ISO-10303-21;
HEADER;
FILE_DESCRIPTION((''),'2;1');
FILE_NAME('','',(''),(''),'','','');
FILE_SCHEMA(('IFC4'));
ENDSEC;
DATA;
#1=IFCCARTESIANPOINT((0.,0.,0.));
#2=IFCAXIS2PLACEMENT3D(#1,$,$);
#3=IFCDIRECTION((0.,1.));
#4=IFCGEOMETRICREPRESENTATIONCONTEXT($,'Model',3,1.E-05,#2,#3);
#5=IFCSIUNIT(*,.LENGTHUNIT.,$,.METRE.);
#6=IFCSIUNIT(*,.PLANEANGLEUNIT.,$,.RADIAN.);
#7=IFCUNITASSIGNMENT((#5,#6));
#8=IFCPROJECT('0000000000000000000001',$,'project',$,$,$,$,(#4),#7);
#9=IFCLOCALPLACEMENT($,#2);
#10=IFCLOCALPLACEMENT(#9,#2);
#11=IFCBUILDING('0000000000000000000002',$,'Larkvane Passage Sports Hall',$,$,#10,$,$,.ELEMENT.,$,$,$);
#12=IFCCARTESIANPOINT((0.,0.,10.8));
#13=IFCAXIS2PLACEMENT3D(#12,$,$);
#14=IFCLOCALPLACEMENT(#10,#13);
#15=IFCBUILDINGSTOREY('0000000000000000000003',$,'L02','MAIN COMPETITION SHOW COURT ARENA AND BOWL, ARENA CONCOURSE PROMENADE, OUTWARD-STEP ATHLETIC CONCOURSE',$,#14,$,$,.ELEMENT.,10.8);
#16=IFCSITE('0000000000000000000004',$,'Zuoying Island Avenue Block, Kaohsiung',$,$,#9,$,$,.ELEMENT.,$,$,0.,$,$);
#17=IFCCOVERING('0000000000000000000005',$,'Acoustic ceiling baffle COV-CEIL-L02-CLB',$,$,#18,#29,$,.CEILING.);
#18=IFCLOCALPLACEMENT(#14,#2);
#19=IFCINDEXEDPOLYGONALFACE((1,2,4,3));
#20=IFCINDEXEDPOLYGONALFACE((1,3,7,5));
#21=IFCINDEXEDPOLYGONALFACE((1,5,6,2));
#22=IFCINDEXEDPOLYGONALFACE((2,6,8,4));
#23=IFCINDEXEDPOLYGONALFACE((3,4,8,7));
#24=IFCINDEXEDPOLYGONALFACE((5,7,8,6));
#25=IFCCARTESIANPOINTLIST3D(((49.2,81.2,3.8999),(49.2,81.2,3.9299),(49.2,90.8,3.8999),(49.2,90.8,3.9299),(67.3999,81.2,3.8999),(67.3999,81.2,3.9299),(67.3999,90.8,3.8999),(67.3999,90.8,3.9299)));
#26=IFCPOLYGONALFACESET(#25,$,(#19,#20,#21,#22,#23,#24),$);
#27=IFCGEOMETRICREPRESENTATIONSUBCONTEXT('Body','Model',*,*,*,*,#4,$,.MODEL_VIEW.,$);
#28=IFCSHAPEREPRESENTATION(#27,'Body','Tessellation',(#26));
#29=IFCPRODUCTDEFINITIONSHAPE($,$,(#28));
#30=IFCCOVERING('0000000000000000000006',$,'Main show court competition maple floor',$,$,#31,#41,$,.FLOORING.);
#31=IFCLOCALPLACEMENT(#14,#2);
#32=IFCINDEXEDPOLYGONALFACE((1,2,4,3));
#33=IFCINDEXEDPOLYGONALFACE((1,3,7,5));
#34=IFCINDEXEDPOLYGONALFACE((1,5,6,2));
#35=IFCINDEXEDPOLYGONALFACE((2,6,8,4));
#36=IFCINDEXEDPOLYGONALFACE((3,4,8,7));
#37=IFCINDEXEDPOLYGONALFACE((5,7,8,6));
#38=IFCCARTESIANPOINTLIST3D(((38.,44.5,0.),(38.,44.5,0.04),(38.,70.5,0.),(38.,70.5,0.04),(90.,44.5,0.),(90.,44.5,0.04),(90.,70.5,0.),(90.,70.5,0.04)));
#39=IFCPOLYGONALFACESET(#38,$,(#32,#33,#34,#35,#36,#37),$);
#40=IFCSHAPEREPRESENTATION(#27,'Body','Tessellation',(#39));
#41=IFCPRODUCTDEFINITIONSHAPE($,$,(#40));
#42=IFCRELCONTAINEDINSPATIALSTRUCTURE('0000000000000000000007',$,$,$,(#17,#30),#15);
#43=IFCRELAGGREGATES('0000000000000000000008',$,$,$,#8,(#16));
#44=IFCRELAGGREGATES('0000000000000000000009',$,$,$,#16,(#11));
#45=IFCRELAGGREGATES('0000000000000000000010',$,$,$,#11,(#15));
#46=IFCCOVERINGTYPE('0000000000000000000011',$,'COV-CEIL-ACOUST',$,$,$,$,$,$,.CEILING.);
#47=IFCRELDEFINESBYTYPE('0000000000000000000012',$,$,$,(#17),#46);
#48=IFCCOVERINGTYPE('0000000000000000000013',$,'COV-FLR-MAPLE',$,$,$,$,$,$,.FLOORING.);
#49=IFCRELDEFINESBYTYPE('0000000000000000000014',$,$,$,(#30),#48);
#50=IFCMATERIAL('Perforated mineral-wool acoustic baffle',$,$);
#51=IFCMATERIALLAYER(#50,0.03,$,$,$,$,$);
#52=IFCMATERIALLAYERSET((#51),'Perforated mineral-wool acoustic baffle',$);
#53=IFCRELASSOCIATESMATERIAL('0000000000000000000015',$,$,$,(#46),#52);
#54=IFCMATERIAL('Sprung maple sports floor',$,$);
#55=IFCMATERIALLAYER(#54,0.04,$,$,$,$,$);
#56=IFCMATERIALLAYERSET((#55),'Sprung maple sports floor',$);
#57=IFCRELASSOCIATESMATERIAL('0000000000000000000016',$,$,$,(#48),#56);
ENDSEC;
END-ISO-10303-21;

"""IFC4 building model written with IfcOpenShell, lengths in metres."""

from ifc_helpers import new_model, si_unit, direction, frame, origin, place, context, subcontext, project, spatial, polyline, outline, extrude, material, layer, layer_set, type_object, element, save


model = new_model("IFC4")

# Units and contexts
model_context = context("Model", 3, precision=1e-05, world=origin(), true_north=direction((0.0, 1.0)))
body_context = subcontext(model_context, "Body", "Model", "MODEL_VIEW")
ifc_project = project(units=[si_unit("LENGTHUNIT", "METRE"), si_unit("PLANEANGLEUNIT", "RADIAN")], contexts=[model_context])

# Site, building, storey
site_placement = place(None, origin())
site = spatial("IfcSite", under=ifc_project, at=site_placement, Name="Zuoying Island Avenue Block, Kaohsiung", CompositionType="ELEMENT", RefElevation=0.0)
building_placement = place(site_placement, origin())
building = spatial("IfcBuilding", under=site, at=building_placement, Name="Larkvane Passage Sports Hall", CompositionType="ELEMENT")
storey_placement = place(building_placement, frame((0.0, 0.0, 10.8)))
storey = spatial("IfcBuildingStorey", under=building, at=storey_placement, Name="L02", Description="MAIN COMPETITION SHOW COURT ARENA AND BOWL, ARENA CONCOURSE PROMENADE, OUTWARD-STEP ATHLETIC CONCOURSE", CompositionType="ELEMENT", Elevation=10.8)

# Coverings
ifc_material_1 = material(Name="Perforated mineral-wool acoustic baffle")
ifc_layer_1 = layer(ifc_material_1, 0.03)
ifc_layer_set_1 = layer_set([ifc_layer_1], Name="Perforated mineral-wool acoustic baffle")
covering_type_1 = type_object("IfcCoveringType", Name="COV-CEIL-ACOUST", PredefinedType="CEILING", material=ifc_layer_set_1)
covering_1_placement = place(storey_placement, frame((0.0, 0.0, 3.8999)))
element("IfcCovering", 1, at=covering_1_placement, inside=storey, type_object=covering_type_1, Name="Acoustic ceiling baffle COV-CEIL-L02-CLB", PredefinedType="CEILING", context=body_context, shape_type="SweptSolid", body=[
    extrude(outline(polyline([(49.2, 81.2), (67.3999, 81.2), (67.3999, 90.8), (49.2, 90.8), (49.2, 81.2)])), origin(), (0.0, 0.0, 1.0), 0.03),
])
ifc_material_2 = material(Name="Sprung maple sports floor")
ifc_layer_2 = layer(ifc_material_2, 0.04)
ifc_layer_set_2 = layer_set([ifc_layer_2], Name="Sprung maple sports floor")
covering_type_2 = type_object("IfcCoveringType", Name="COV-FLR-MAPLE", PredefinedType="FLOORING", material=ifc_layer_set_2)
covering_2_placement = place(storey_placement, origin())
element("IfcCovering", 2, at=covering_2_placement, inside=storey, type_object=covering_type_2, Name="Main show court competition maple floor", PredefinedType="FLOORING", context=body_context, shape_type="SweptSolid", body=[
    extrude(outline(polyline([(38.0, 44.5), (90.0, 44.5), (90.0, 70.5), (38.0, 70.5), (38.0, 44.5)])), origin(), (0.0, 0.0, 1.0), 0.04),
])

save(model, "model.ifc")
